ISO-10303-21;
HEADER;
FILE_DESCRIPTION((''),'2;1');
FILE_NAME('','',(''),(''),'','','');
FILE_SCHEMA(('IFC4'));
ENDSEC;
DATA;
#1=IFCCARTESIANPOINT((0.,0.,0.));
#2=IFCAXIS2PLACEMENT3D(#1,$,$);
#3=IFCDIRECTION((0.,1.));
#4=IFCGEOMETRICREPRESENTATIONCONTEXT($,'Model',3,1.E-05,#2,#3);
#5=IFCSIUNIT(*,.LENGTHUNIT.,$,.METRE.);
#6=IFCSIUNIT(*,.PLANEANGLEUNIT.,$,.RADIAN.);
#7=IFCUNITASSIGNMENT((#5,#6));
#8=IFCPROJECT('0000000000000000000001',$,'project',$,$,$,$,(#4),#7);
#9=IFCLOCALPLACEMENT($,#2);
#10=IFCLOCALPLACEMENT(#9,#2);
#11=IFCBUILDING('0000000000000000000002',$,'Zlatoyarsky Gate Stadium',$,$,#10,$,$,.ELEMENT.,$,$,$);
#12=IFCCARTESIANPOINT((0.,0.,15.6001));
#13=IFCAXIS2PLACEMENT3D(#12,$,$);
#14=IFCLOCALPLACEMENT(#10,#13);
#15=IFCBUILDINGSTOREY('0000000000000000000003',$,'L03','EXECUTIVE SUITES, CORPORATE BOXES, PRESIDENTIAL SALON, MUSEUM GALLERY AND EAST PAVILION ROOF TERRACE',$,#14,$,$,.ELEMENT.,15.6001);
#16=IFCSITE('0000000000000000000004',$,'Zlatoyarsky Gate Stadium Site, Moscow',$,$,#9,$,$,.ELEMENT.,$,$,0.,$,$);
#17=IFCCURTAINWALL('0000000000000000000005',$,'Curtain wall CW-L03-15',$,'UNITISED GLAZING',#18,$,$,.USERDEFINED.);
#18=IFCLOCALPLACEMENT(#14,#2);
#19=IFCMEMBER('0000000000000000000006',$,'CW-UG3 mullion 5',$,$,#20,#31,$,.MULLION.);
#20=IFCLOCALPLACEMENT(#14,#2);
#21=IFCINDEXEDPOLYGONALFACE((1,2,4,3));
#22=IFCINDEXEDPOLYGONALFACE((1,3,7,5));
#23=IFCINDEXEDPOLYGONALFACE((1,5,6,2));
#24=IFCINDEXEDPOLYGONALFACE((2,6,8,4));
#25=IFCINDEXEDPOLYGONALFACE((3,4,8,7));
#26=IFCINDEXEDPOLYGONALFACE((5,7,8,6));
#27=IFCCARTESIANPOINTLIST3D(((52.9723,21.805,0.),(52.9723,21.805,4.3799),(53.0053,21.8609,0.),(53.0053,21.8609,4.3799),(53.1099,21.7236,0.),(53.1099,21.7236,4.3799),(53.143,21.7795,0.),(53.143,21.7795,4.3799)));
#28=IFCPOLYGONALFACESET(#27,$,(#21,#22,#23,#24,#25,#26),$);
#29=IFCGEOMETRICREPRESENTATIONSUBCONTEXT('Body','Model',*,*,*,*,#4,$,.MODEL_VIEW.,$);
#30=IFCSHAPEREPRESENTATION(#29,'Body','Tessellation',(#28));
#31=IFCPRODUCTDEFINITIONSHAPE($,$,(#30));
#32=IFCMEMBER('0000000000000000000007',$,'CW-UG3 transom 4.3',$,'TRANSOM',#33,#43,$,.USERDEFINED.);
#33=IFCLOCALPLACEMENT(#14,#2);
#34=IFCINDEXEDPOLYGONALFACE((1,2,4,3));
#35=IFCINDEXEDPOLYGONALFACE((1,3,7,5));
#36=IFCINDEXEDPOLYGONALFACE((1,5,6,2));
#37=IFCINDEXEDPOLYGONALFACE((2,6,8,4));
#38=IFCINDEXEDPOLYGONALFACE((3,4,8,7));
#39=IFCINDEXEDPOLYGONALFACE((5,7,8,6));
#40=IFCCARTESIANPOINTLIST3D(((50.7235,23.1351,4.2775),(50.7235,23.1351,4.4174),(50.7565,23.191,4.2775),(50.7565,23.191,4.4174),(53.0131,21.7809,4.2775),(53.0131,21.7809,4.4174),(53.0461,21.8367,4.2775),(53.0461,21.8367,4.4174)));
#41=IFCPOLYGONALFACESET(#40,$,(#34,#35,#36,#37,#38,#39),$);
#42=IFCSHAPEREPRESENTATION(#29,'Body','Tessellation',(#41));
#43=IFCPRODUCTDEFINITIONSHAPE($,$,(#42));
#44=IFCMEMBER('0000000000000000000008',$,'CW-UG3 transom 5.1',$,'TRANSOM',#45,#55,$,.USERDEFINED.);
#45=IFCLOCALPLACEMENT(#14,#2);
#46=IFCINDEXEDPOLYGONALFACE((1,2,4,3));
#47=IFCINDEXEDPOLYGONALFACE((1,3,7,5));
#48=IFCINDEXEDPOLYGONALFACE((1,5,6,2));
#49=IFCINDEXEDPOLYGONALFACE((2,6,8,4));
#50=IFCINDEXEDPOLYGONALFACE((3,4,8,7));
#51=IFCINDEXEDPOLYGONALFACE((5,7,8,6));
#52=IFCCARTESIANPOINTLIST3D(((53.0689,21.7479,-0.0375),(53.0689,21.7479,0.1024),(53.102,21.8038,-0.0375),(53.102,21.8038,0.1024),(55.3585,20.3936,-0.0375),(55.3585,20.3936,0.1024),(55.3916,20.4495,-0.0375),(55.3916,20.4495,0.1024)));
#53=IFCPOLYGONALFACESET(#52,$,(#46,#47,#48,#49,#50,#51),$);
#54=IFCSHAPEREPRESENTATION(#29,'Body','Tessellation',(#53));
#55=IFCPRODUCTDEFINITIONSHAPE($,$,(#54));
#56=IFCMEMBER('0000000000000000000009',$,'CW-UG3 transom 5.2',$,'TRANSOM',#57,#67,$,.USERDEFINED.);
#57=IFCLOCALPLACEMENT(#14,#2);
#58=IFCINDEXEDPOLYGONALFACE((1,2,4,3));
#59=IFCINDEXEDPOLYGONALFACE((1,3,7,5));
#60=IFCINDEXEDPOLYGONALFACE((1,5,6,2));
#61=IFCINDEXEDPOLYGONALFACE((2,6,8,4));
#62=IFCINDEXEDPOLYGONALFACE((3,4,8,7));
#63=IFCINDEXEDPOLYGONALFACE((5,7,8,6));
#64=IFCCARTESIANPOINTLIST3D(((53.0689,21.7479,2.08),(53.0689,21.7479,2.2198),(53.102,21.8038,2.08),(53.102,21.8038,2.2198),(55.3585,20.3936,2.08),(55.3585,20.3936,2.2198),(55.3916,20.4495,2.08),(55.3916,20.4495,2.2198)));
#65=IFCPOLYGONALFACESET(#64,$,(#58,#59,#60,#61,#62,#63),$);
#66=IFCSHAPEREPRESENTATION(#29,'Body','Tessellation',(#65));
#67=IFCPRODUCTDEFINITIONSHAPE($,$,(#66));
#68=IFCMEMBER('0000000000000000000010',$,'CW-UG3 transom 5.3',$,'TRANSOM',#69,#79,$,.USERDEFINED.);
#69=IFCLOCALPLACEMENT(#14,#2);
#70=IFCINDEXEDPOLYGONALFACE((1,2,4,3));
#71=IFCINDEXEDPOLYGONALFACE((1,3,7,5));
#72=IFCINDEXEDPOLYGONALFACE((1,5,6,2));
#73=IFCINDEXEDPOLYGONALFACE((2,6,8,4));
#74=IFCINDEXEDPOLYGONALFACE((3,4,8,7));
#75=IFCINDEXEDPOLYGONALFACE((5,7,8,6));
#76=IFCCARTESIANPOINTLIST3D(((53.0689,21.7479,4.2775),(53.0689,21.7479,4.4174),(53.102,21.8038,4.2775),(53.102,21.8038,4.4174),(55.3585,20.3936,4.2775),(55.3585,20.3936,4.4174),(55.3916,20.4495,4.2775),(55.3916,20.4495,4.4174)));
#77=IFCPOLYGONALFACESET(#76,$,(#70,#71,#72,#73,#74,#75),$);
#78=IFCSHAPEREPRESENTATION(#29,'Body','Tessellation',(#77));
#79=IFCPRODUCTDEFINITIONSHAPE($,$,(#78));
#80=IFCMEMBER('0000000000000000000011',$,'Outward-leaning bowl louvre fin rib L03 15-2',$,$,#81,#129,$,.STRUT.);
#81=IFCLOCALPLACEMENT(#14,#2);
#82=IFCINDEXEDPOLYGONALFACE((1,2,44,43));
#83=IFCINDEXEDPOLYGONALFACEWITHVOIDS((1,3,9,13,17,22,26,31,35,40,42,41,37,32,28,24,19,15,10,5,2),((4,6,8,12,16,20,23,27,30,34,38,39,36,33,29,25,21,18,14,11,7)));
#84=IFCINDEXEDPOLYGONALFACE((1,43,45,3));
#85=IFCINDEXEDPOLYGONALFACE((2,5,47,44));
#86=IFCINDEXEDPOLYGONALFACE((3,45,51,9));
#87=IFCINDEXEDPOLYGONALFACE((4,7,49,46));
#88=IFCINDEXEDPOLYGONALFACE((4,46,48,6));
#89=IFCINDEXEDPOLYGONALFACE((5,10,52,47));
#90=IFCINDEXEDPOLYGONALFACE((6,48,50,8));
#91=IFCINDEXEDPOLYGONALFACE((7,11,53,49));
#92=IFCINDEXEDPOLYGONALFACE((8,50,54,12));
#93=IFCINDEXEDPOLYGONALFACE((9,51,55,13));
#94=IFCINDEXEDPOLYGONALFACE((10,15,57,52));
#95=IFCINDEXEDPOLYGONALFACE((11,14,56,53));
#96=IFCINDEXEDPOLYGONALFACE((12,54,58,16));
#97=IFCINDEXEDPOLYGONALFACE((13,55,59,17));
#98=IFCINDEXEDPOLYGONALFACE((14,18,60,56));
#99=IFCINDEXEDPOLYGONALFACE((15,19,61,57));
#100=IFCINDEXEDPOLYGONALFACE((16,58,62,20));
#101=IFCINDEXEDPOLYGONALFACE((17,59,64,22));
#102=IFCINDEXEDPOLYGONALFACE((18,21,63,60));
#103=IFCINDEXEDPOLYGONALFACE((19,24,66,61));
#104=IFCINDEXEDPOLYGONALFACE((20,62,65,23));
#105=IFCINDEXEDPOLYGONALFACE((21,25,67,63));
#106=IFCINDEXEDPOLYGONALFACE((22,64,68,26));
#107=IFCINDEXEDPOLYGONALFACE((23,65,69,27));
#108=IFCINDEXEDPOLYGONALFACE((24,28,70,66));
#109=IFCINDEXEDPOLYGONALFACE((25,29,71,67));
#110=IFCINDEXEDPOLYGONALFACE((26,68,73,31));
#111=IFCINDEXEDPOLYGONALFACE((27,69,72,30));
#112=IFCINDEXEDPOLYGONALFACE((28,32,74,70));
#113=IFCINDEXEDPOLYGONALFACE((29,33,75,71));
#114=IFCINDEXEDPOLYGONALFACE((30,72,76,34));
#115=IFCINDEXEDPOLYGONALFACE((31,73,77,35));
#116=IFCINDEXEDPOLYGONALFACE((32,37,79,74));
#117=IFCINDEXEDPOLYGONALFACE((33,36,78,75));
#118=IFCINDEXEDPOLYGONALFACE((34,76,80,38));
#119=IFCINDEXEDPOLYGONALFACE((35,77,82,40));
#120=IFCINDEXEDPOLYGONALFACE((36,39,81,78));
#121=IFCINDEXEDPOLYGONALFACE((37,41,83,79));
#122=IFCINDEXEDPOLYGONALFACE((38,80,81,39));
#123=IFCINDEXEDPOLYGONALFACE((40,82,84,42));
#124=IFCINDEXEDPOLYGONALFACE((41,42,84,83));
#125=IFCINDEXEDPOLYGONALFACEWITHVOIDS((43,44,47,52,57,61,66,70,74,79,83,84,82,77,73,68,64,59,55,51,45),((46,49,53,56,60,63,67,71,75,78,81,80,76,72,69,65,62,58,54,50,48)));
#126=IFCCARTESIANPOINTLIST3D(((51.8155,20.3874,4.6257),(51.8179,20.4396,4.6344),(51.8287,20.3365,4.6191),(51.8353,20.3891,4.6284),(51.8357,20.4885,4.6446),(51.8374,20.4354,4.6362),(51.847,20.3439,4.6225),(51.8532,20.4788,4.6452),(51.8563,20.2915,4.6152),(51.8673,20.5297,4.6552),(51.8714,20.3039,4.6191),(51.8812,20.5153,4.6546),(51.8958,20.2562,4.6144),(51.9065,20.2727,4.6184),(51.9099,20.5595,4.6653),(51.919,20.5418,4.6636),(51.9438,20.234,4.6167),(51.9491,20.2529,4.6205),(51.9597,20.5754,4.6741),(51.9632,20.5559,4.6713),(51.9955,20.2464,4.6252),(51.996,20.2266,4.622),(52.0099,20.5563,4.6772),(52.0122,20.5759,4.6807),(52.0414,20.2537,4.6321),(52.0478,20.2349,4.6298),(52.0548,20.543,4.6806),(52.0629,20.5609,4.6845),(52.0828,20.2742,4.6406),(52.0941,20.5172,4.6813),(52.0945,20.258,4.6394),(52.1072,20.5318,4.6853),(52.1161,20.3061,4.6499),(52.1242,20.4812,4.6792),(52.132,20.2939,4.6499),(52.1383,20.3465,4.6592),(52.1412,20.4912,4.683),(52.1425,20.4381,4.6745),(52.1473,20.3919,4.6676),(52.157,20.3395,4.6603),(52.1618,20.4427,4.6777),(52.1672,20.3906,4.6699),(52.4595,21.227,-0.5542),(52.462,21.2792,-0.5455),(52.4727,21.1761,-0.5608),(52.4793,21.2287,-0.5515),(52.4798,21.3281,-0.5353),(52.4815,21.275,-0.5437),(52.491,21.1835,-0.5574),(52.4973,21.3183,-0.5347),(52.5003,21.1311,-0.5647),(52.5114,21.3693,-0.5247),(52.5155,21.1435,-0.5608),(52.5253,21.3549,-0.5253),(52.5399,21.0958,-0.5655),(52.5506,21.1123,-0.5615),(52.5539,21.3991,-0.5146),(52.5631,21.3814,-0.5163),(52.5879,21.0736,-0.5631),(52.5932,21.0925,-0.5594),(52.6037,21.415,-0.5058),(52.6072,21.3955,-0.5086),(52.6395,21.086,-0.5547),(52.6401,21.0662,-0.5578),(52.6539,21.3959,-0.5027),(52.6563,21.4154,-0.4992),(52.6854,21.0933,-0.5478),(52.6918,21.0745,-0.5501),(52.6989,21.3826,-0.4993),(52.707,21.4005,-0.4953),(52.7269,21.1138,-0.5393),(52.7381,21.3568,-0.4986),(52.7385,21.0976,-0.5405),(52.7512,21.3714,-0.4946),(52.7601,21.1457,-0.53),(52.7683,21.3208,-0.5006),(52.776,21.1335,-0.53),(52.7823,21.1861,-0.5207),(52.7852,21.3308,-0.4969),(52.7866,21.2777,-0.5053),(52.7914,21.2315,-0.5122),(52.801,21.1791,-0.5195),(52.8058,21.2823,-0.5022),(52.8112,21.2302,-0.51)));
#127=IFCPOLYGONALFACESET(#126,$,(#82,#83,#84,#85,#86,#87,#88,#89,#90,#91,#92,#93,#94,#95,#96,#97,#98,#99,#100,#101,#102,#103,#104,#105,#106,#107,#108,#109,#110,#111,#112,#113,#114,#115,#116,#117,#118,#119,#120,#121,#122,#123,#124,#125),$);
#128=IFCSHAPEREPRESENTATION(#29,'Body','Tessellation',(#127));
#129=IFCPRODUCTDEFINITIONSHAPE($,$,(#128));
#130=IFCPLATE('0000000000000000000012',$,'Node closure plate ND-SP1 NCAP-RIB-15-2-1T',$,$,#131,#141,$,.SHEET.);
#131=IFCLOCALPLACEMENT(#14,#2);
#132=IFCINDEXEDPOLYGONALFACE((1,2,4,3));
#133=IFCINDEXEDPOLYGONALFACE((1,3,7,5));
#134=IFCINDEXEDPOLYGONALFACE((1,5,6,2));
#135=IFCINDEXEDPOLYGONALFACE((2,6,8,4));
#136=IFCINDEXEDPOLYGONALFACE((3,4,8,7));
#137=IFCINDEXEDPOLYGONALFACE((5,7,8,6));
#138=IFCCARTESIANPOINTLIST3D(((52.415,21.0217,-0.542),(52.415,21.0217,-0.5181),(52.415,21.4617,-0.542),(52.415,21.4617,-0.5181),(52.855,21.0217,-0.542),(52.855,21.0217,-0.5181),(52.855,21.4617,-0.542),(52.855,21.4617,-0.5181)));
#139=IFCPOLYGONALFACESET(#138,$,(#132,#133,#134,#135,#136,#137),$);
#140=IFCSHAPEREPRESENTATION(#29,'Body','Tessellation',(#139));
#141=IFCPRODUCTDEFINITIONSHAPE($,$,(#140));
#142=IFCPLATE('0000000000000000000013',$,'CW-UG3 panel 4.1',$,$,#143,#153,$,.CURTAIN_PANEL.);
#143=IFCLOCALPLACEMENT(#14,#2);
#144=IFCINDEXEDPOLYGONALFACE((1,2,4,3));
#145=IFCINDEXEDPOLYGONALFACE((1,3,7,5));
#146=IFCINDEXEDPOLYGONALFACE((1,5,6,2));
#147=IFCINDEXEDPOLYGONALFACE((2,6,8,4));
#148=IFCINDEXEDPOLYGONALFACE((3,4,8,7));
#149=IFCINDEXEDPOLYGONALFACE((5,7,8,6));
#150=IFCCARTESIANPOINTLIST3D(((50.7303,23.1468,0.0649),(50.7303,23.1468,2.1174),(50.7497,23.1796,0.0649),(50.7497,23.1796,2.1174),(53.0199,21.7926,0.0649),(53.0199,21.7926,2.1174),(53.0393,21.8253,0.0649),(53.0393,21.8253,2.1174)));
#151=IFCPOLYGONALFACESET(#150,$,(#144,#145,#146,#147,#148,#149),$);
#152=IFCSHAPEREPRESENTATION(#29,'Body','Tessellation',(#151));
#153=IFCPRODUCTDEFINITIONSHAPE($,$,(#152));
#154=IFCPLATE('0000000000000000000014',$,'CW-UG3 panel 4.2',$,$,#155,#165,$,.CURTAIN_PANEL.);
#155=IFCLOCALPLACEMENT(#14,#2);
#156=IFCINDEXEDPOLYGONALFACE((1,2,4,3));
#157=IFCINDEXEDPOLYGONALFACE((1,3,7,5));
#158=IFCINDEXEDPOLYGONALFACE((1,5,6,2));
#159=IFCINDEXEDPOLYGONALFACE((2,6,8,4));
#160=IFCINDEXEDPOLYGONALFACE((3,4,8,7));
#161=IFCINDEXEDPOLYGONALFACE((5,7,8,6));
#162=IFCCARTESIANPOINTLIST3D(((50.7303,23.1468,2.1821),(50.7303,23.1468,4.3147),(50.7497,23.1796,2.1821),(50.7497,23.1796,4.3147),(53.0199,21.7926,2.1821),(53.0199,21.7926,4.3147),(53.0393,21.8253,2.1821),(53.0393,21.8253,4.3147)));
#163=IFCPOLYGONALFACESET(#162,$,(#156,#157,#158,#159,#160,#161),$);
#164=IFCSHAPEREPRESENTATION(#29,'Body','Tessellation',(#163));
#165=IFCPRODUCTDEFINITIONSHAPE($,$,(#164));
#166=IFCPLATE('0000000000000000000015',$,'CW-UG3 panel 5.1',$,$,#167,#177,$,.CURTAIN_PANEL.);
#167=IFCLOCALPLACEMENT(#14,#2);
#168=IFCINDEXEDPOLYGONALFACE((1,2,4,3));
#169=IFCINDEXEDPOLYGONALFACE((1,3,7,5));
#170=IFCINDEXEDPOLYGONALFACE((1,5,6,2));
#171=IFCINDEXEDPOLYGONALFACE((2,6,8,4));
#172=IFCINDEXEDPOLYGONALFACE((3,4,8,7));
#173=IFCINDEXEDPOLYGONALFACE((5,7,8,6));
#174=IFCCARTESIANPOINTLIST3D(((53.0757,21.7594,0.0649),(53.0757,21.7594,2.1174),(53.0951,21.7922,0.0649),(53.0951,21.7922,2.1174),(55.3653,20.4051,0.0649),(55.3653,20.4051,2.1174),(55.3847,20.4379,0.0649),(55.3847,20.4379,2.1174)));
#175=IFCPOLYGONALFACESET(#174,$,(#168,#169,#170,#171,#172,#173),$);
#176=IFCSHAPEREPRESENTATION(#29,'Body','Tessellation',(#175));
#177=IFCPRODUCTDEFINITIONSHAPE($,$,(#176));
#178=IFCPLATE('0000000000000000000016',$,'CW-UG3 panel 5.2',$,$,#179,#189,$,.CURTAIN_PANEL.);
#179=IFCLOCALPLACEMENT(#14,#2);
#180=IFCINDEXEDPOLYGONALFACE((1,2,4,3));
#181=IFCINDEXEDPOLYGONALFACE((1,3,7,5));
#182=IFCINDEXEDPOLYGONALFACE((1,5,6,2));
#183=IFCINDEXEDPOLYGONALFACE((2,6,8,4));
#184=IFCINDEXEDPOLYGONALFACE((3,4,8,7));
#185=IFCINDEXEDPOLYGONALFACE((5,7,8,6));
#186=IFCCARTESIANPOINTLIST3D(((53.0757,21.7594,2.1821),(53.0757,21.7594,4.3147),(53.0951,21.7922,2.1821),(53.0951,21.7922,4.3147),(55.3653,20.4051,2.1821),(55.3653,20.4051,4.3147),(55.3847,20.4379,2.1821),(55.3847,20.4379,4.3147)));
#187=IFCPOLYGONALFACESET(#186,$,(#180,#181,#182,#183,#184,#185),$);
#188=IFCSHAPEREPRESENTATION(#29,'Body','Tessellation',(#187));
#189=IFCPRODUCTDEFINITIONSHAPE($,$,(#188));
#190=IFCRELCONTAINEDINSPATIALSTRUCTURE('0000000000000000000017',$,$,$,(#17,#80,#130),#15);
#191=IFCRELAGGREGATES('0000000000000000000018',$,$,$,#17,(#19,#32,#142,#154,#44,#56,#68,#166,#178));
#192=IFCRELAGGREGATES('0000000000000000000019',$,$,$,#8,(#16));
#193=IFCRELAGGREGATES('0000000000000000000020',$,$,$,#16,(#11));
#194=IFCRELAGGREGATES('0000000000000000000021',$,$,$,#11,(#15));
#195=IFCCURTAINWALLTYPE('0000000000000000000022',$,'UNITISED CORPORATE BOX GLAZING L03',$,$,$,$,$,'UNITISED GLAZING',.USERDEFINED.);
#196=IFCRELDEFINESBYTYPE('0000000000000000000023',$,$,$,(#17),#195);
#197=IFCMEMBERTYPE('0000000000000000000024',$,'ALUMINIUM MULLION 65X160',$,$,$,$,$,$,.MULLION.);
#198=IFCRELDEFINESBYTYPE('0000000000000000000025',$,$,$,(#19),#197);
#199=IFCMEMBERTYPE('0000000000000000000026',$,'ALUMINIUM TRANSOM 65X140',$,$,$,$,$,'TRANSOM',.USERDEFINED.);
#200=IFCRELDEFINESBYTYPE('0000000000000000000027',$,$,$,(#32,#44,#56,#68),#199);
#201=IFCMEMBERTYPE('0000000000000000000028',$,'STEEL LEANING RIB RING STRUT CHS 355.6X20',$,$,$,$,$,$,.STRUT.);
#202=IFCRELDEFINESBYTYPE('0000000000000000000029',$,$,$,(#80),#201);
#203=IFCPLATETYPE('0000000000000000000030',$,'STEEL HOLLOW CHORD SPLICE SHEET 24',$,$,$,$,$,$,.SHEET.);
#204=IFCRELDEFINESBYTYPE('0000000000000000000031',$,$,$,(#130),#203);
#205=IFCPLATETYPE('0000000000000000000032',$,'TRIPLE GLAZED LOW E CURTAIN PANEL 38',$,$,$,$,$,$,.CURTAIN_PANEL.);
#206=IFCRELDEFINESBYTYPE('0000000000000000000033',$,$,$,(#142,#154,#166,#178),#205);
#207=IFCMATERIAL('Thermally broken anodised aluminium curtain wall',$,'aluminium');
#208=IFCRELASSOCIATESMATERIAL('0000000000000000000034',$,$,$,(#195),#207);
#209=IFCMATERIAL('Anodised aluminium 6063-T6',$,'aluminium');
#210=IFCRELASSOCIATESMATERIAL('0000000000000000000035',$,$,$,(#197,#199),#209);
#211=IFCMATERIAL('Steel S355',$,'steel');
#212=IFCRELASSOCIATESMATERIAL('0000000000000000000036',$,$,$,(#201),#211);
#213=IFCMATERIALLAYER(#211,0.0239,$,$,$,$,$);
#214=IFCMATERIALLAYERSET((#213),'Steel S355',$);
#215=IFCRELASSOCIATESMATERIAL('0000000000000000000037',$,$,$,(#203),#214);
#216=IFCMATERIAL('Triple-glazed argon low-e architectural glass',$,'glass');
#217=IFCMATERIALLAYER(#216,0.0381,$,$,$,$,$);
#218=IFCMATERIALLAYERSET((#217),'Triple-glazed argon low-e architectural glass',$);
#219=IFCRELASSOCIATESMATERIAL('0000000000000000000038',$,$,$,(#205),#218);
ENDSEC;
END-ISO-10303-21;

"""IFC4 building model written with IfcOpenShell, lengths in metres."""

from ifc_helpers import new_model, si_unit, direction, frame, origin, origin_2d, place, context, subcontext, project, spatial, rectangle, hollow_circle, extrude, material, layer, layer_set, material_profile, profile_set, type_object, element, aggregate, save


model = new_model("IFC4")

# Units and contexts
model_context = context("Model", 3, precision=1e-05, world=origin(), true_north=direction((0.0, 1.0)))
body_context = subcontext(model_context, "Body", "Model", "MODEL_VIEW")
ifc_project = project(units=[si_unit("LENGTHUNIT", "METRE"), si_unit("PLANEANGLEUNIT", "RADIAN")], contexts=[model_context])

# Site, building, storey
site_placement = place(None, origin())
site = spatial("IfcSite", under=ifc_project, at=site_placement, Name="Zlatoyarsky Gate Stadium Site, Moscow", CompositionType="ELEMENT", RefElevation=0.0)
building_placement = place(site_placement, origin())
building = spatial("IfcBuilding", under=site, at=building_placement, Name="Zlatoyarsky Gate Stadium", CompositionType="ELEMENT")
storey_placement = place(building_placement, frame((0.0, 0.0, 15.6001)))
storey = spatial("IfcBuildingStorey", under=building, at=storey_placement, Name="L03", Description="EXECUTIVE SUITES, CORPORATE BOXES, PRESIDENTIAL SALON, MUSEUM GALLERY AND EAST PAVILION ROOF TERRACE", CompositionType="ELEMENT", Elevation=15.6001)

# Curtain wall, members
ifc_material_1 = material(Name="Thermally broken anodised aluminium curtain wall", Category="aluminium")
curtain_wall_type = type_object("IfcCurtainWallType", Name="UNITISED CORPORATE BOX GLAZING L03", ElementType="UNITISED GLAZING", PredefinedType="USERDEFINED", material=ifc_material_1)
curtain_wall_placement = place(storey_placement, origin())
curtain_wall = element("IfcCurtainWall", 1, at=curtain_wall_placement, inside=storey, type_object=curtain_wall_type, Name="Curtain wall CW-L03-15", ObjectType="UNITISED GLAZING", PredefinedType="USERDEFINED")
ifc_material_2 = material(Name="Anodised aluminium 6063-T6", Category="aluminium")
ifc_material_profile_1 = material_profile(ifc_material_2, rectangle(XDim=0.0649, YDim=0.1599, at=origin_2d()), Name="ALU 65X160")
ifc_profile_set_1 = profile_set([ifc_material_profile_1], Name="Anodised aluminium 6063-T6")
member_type_1 = type_object("IfcMemberType", Name="ALUMINIUM MULLION 65X160", PredefinedType="MULLION", material=ifc_profile_set_1)
member_1_placement = place(storey_placement, frame((53.0576, 21.7922, 0.0), z_axis=(0.0, 0.0, 1.0), x_axis=(0.509098, 0.860708, 0.0)))
member_1 = element("IfcMember", 2, at=member_1_placement, type_object=member_type_1, Name="CW-UG3 mullion 5", PredefinedType="MULLION", context=body_context, shape_type="SweptSolid", body=[
    extrude(rectangle(XDim=0.0649, YDim=0.1599, at=origin_2d()), origin(), (0.0, 0.0, 1.0), 4.3799),
])
ifc_material_profile_2 = material_profile(ifc_material_2, rectangle(XDim=0.0649, YDim=0.1399, at=origin_2d()), Name="ALU 65X140")
ifc_profile_set_2 = profile_set([ifc_material_profile_2], Name="Anodised aluminium 6063-T6")
member_type_2 = type_object("IfcMemberType", Name="ALUMINIUM TRANSOM 65X140", ElementType="TRANSOM", PredefinedType="USERDEFINED", material=ifc_profile_set_2)
member_2_placement = place(storey_placement, frame((50.74, 23.1631, 4.3474), z_axis=(0.860707, -0.5091, 0.0), x_axis=(0.5091, 0.860707, 0.0)))
member_2 = element("IfcMember", 3, at=member_2_placement, type_object=member_type_2, Name="CW-UG3 transom 4.3", ObjectType="TRANSOM", PredefinedType="USERDEFINED", context=body_context, shape_type="SweptSolid", body=[
    extrude(rectangle(XDim=0.0649, YDim=0.1399, at=origin_2d()), origin(), (0.0, 0.0, 1.0), 2.6602),
])
member_3_placement = place(storey_placement, frame((53.0854, 21.7759, 0.0325), z_axis=(0.860707, -0.5091, 0.0), x_axis=(0.5091, 0.860707, 0.0)))
member_3 = element("IfcMember", 4, at=member_3_placement, type_object=member_type_2, Name="CW-UG3 transom 5.1", ObjectType="TRANSOM", PredefinedType="USERDEFINED", context=body_context, shape_type="SweptSolid", body=[
    extrude(rectangle(XDim=0.0649, YDim=0.1399, at=origin_2d()), origin(), (0.0, 0.0, 1.0), 2.6602),
])
member_4_placement = place(storey_placement, frame((53.0854, 21.7759, 2.1499), z_axis=(0.860707, -0.5091, 0.0), x_axis=(0.5091, 0.860707, 0.0)))
member_4 = element("IfcMember", 5, at=member_4_placement, type_object=member_type_2, Name="CW-UG3 transom 5.2", ObjectType="TRANSOM", PredefinedType="USERDEFINED", context=body_context, shape_type="SweptSolid", body=[
    extrude(rectangle(XDim=0.0649, YDim=0.1399, at=origin_2d()), origin(), (0.0, 0.0, 1.0), 2.6602),
])
member_5_placement = place(storey_placement, frame((53.0854, 21.7759, 4.3474), z_axis=(0.860707, -0.5091, 0.0), x_axis=(0.5091, 0.860707, 0.0)))
member_5 = element("IfcMember", 6, at=member_5_placement, type_object=member_type_2, Name="CW-UG3 transom 5.3", ObjectType="TRANSOM", PredefinedType="USERDEFINED", context=body_context, shape_type="SweptSolid", body=[
    extrude(rectangle(XDim=0.0649, YDim=0.1399, at=origin_2d()), origin(), (0.0, 0.0, 1.0), 2.6602),
])

# Member
ifc_material_3 = material(Name="Steel S355", Category="steel")
ifc_material_profile_3 = material_profile(ifc_material_3, hollow_circle(Radius=0.1777, WallThickness=0.02, at=origin_2d()), Name="CHS 355.6X20")
ifc_profile_set_3 = profile_set([ifc_material_profile_3], Name="Steel S355")
member_type_3 = type_object("IfcMemberType", Name="STEEL LEANING RIB RING STRUT CHS 355.6X20", PredefinedType="STRUT", material=ifc_profile_set_3)
member_6_placement = place(storey_placement, frame((52.635, 21.2417, -0.53), z_axis=(-0.121818, -0.158807, 0.979766), x_axis=(0.793447, -0.60864, 0.0)))
element("IfcMember", 7, at=member_6_placement, inside=storey, type_object=member_type_3, Name="Outward-leaning bowl louvre fin rib L03 15-2", PredefinedType="STRUT", context=body_context, shape_type="SweptSolid", body=[
    extrude(hollow_circle(Radius=0.1777, WallThickness=0.02, at=origin_2d()), origin(), (0.0, 0.0, 1.0), 5.2869),
])

# Plates
ifc_layer_1 = layer(ifc_material_3, 0.0239)
ifc_layer_set_1 = layer_set([ifc_layer_1], Name="Steel S355")
plate_type_1 = type_object("IfcPlateType", Name="STEEL HOLLOW CHORD SPLICE SHEET 24", PredefinedType="SHEET", material=ifc_layer_set_1)
plate_1_placement = place(storey_placement, frame((52.635, 21.2417, -0.542), z_axis=(0.0, 0.0, 1.0), x_axis=(1.0, 0.0, 0.0)))
element("IfcPlate", 8, at=plate_1_placement, inside=storey, type_object=plate_type_1, Name="Node closure plate ND-SP1 NCAP-RIB-15-2-1T", PredefinedType="SHEET", context=body_context, shape_type="SweptSolid", body=[
    extrude(rectangle(XDim=0.4399, YDim=0.4399, at=origin_2d()), origin(), (0.0, 0.0, 1.0), 0.0239),
])
ifc_material_4 = material(Name="Triple-glazed argon low-e architectural glass", Category="glass")
ifc_layer_2 = layer(ifc_material_4, 0.0381)
ifc_layer_set_2 = layer_set([ifc_layer_2], Name="Triple-glazed argon low-e architectural glass")
plate_type_2 = type_object("IfcPlateType", Name="TRIPLE GLAZED LOW E CURTAIN PANEL 38", PredefinedType="CURTAIN_PANEL", material=ifc_layer_set_2)
plate_2_placement = place(storey_placement, frame((51.8848, 22.4861, 0.0649), z_axis=(0.0, 0.0, 1.0), x_axis=(0.860708, -0.509098, 0.0)))
plate_2 = element("IfcPlate", 9, at=plate_2_placement, type_object=plate_type_2, Name="CW-UG3 panel 4.1", PredefinedType="CURTAIN_PANEL", context=body_context, shape_type="SweptSolid", body=[
    extrude(rectangle(XDim=2.6602, YDim=0.0381, at=origin_2d()), origin(), (0.0, 0.0, 1.0), 2.0525),
])
plate_3_placement = place(storey_placement, frame((51.8848, 22.4861, 2.1821), z_axis=(0.0, 0.0, 1.0), x_axis=(0.860708, -0.509098, 0.0)))
plate_3 = element("IfcPlate", 10, at=plate_3_placement, type_object=plate_type_2, Name="CW-UG3 panel 4.2", PredefinedType="CURTAIN_PANEL", context=body_context, shape_type="SweptSolid", body=[
    extrude(rectangle(XDim=2.6602, YDim=0.0381, at=origin_2d()), origin(), (0.0, 0.0, 1.0), 2.1326),
])
plate_4_placement = place(storey_placement, frame((54.2302, 21.0986, 0.0649), z_axis=(0.0, 0.0, 1.0), x_axis=(0.860708, -0.509098, 0.0)))
plate_4 = element("IfcPlate", 11, at=plate_4_placement, type_object=plate_type_2, Name="CW-UG3 panel 5.1", PredefinedType="CURTAIN_PANEL", context=body_context, shape_type="SweptSolid", body=[
    extrude(rectangle(XDim=2.6602, YDim=0.0381, at=origin_2d()), origin(), (0.0, 0.0, 1.0), 2.0525),
])
plate_5_placement = place(storey_placement, frame((54.2302, 21.0986, 2.1821), z_axis=(0.0, 0.0, 1.0), x_axis=(0.860708, -0.509098, 0.0)))
plate_5 = element("IfcPlate", 12, at=plate_5_placement, type_object=plate_type_2, Name="CW-UG3 panel 5.2", PredefinedType="CURTAIN_PANEL", context=body_context, shape_type="SweptSolid", body=[
    extrude(rectangle(XDim=2.6602, YDim=0.0381, at=origin_2d()), origin(), (0.0, 0.0, 1.0), 2.1326),
])
aggregate(curtain_wall, [member_1, member_2, plate_2, plate_3, member_3, member_4, member_5, plate_4, plate_5])

save(model, "model.ifc")
